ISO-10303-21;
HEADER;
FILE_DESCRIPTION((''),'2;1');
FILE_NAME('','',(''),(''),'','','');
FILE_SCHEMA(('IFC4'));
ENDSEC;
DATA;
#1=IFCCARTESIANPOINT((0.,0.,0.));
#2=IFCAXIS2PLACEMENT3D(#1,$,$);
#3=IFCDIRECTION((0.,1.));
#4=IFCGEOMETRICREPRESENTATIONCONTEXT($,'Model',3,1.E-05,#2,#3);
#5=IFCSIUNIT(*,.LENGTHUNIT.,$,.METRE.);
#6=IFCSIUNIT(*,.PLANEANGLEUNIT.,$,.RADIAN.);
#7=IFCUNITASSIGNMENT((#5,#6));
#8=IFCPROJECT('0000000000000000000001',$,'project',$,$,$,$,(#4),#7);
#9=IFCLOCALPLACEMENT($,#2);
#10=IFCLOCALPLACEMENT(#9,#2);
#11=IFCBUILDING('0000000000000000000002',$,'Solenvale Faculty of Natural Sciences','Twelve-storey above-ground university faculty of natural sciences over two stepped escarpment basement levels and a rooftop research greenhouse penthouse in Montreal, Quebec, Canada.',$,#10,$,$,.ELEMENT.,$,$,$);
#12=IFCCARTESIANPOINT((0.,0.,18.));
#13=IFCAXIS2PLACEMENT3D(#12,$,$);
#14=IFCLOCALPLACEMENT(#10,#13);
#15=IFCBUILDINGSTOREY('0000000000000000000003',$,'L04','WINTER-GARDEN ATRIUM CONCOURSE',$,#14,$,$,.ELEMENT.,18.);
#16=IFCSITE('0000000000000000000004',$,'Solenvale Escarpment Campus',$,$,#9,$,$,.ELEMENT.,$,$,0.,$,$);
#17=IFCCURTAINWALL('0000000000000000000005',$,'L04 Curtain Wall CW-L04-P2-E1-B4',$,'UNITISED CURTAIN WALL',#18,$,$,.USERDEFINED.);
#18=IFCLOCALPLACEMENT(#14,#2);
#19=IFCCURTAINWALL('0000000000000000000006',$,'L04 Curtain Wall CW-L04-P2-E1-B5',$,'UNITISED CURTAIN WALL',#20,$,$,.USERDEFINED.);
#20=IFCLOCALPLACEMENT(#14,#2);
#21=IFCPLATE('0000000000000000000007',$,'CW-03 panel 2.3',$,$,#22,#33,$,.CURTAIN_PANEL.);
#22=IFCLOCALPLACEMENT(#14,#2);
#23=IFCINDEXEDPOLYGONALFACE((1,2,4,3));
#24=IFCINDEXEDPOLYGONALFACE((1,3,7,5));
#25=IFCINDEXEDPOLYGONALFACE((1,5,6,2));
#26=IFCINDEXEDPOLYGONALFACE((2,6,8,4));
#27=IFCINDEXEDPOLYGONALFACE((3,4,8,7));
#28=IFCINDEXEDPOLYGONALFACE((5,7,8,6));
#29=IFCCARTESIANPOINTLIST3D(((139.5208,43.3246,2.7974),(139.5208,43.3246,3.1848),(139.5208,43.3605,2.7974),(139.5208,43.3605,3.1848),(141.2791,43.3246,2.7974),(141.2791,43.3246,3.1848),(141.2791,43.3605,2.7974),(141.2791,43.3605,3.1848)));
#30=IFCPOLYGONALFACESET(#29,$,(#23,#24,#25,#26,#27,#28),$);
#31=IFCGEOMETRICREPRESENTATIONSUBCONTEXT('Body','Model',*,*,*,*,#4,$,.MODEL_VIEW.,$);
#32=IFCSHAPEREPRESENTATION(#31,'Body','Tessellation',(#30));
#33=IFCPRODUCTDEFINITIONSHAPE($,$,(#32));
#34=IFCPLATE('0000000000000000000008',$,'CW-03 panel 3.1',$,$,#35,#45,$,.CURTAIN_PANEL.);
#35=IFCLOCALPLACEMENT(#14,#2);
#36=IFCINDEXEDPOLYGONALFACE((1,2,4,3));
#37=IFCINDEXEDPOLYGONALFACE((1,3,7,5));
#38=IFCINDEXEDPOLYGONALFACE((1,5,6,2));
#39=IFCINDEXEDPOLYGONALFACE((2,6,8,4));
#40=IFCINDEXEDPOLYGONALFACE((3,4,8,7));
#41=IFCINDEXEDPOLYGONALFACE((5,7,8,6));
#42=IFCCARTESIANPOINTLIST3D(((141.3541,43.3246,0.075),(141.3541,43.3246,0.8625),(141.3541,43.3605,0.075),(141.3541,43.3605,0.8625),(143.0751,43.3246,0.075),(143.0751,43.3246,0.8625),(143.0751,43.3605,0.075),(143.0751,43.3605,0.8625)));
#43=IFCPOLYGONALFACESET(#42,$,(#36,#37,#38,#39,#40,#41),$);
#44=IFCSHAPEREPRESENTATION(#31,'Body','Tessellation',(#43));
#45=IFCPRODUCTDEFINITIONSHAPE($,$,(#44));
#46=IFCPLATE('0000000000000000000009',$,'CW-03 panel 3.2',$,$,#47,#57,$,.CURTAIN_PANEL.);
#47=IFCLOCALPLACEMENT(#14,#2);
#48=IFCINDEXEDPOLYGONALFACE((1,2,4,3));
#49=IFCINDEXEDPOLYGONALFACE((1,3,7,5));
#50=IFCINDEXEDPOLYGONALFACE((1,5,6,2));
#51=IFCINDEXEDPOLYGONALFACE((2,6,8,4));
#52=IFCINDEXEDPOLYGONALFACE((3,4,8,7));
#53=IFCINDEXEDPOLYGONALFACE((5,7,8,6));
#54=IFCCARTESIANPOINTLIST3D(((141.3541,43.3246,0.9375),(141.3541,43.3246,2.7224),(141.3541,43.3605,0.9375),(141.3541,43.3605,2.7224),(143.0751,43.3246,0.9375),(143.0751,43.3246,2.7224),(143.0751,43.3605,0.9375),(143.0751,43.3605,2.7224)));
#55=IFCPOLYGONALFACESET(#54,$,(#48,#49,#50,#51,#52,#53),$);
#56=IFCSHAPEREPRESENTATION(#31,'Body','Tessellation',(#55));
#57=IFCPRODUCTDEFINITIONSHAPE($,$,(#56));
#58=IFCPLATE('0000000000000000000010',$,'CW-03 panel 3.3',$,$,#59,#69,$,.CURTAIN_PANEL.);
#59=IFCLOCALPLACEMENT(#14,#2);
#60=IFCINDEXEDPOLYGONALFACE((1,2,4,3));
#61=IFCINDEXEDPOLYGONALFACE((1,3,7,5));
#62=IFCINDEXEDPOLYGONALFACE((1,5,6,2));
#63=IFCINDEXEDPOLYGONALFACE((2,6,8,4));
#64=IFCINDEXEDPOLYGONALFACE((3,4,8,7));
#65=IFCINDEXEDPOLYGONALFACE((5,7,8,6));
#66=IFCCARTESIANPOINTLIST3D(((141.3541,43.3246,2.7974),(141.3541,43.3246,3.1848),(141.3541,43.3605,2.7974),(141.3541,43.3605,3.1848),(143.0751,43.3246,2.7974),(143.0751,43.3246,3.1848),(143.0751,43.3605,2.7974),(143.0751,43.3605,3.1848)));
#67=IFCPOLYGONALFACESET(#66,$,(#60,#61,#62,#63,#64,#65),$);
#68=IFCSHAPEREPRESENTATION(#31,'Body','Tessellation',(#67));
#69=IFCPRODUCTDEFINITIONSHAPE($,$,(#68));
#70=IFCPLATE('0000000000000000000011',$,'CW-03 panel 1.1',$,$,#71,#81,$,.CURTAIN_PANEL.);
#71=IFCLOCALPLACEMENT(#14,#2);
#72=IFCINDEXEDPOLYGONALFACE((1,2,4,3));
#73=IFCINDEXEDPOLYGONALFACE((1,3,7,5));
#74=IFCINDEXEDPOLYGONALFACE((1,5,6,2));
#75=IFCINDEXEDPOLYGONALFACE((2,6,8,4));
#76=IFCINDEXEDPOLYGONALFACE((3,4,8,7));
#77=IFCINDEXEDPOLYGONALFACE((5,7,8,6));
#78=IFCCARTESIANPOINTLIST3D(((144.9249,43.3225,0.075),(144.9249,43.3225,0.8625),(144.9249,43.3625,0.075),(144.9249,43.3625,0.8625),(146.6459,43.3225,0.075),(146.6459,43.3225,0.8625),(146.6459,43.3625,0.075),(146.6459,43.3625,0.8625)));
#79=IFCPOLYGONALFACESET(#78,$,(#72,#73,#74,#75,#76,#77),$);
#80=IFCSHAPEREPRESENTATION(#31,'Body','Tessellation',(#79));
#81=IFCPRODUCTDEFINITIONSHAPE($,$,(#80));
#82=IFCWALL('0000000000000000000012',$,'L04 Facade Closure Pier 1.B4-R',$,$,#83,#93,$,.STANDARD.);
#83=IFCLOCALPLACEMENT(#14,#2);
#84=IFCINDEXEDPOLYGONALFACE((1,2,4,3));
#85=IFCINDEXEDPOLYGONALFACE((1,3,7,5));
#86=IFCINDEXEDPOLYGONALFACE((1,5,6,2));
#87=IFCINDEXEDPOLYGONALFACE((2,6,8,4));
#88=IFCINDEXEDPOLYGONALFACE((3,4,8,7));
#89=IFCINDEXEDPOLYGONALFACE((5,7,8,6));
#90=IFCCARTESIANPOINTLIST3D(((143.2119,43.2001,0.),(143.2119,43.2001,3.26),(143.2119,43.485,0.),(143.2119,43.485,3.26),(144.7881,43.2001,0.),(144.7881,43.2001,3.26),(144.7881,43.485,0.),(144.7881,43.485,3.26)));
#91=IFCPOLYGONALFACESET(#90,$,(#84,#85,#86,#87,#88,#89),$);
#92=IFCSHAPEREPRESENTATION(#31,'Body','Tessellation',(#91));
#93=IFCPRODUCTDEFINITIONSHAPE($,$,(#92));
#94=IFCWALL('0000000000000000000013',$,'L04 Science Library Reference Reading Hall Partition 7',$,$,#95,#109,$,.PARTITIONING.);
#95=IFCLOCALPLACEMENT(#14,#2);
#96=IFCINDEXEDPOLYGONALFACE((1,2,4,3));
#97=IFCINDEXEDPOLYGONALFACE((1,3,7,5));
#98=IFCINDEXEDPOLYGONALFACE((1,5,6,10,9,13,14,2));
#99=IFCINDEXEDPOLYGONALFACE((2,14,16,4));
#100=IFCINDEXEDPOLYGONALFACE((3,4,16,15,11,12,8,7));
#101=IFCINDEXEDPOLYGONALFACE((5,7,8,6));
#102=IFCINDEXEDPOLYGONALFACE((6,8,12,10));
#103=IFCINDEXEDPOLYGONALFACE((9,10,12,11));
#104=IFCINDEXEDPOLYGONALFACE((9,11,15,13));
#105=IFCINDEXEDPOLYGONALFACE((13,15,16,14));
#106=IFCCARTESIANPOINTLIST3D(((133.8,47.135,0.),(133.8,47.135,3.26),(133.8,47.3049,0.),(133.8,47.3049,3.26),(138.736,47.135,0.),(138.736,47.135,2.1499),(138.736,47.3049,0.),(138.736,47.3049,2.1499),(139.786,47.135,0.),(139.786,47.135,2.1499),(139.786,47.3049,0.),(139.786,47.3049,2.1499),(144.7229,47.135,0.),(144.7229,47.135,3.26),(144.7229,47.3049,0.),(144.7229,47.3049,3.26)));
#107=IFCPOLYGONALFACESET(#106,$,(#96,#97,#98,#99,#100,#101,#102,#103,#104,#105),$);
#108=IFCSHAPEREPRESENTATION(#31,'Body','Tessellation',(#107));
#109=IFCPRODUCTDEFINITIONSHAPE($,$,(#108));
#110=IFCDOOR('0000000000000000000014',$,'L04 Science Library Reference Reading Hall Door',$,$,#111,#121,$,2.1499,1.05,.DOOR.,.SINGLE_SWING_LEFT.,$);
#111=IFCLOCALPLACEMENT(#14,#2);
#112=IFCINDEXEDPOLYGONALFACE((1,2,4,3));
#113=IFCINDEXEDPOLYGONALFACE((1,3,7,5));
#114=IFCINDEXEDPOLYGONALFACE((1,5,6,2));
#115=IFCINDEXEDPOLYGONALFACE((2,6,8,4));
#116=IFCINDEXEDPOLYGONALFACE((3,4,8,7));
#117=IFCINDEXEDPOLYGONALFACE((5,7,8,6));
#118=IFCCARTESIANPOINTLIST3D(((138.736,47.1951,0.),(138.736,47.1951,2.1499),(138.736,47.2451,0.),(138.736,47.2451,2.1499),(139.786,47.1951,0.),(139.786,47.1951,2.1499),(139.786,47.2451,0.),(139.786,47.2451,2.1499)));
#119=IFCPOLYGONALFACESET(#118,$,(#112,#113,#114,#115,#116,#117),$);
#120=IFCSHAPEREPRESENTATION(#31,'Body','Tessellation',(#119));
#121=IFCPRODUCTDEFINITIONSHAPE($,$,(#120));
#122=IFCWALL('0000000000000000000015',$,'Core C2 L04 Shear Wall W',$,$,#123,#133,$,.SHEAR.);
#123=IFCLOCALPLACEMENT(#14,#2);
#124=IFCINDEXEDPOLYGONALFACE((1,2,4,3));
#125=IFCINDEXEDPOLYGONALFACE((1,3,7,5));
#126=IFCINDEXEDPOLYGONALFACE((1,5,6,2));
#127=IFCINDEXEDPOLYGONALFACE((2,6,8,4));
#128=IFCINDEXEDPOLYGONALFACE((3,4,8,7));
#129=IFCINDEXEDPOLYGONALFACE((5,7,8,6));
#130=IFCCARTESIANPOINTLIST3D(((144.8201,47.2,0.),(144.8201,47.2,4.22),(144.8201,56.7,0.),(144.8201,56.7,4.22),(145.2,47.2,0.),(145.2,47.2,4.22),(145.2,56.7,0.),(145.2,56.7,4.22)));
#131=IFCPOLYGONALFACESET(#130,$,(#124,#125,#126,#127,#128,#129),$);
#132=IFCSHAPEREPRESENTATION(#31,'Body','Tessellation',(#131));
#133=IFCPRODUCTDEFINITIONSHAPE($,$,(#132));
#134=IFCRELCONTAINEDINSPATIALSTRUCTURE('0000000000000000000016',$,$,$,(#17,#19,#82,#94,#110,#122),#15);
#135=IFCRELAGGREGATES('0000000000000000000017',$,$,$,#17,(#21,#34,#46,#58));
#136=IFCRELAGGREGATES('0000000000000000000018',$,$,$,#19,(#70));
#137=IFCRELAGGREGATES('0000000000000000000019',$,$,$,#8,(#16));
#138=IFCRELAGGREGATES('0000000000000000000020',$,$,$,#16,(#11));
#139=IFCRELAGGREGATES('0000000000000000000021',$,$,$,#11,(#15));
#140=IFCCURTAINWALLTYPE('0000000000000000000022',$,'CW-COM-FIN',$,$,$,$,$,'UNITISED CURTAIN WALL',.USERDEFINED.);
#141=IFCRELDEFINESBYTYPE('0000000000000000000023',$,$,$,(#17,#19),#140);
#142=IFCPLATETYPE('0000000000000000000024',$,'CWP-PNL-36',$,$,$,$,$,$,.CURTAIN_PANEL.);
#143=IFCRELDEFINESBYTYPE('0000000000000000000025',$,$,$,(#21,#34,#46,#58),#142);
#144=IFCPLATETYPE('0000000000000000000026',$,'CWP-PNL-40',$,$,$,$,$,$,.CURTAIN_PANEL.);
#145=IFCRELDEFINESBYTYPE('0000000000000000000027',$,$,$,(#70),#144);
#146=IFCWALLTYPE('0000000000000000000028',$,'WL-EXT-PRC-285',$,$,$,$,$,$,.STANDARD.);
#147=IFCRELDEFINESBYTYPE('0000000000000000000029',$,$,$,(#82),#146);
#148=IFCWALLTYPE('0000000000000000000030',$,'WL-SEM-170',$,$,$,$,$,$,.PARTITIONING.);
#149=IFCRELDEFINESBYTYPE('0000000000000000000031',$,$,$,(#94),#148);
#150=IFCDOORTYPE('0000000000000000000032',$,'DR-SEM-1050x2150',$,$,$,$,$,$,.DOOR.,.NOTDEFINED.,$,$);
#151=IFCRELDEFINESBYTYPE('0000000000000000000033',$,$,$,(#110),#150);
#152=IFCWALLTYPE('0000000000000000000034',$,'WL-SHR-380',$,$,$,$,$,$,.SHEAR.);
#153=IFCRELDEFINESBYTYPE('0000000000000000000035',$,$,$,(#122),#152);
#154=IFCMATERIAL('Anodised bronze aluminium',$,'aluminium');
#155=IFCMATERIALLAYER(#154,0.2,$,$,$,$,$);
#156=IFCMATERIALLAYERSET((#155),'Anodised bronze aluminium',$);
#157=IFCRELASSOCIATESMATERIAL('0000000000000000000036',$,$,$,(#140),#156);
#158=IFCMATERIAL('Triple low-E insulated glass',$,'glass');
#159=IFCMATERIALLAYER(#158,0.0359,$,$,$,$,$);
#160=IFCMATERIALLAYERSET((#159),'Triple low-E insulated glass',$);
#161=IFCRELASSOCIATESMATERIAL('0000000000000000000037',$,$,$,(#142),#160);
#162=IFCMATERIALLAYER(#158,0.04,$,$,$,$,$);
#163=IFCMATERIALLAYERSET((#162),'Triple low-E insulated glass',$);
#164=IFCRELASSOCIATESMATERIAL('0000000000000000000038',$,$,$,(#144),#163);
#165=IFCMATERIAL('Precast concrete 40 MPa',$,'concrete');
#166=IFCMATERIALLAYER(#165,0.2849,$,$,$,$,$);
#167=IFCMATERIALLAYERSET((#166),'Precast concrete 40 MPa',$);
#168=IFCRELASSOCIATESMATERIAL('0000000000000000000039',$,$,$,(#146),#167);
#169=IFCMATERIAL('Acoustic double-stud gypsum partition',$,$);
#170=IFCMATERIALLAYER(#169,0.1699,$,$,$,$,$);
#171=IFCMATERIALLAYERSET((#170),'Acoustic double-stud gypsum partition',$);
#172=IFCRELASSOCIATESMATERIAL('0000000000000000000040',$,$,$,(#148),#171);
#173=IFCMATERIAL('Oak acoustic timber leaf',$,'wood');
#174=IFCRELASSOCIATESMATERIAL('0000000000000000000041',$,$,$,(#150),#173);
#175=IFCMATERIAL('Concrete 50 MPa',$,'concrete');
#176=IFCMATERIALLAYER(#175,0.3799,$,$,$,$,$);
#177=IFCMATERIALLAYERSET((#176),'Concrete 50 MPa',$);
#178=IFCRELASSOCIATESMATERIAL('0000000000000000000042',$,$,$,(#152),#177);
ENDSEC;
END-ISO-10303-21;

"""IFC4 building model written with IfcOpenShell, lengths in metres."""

from ifc_helpers import new_model, si_unit, direction, frame, frame_2d, origin, origin_2d, place, context, subcontext, project, spatial, rectangle, extrude, material, layer, layer_set, type_object, element, fill, aggregate, save


model = new_model("IFC4")

# Units and contexts
model_context = context("Model", 3, precision=1e-05, world=origin(), true_north=direction((0.0, 1.0)))
body_context = subcontext(model_context, "Body", "Model", "MODEL_VIEW")
ifc_project = project(units=[si_unit("LENGTHUNIT", "METRE"), si_unit("PLANEANGLEUNIT", "RADIAN")], contexts=[model_context])

# Site, building, storey
site_placement = place(None, origin())
site = spatial("IfcSite", under=ifc_project, at=site_placement, Name="Solenvale Escarpment Campus", CompositionType="ELEMENT", RefElevation=0.0)
building_placement = place(site_placement, origin())
building = spatial("IfcBuilding", under=site, at=building_placement, Name="Solenvale Faculty of Natural Sciences", Description="Twelve-storey above-ground university faculty of natural sciences over two stepped escarpment basement levels and a rooftop research greenhouse penthouse in Montreal, Quebec, Canada.", CompositionType="ELEMENT")
storey_placement = place(building_placement, frame((0.0, 0.0, 18.0)))
storey = spatial("IfcBuildingStorey", under=building, at=storey_placement, Name="L04", Description="WINTER-GARDEN ATRIUM CONCOURSE", CompositionType="ELEMENT", Elevation=18.0)

# Shared definitions
ifc_material_1 = material(Name="Concrete 50 MPa", Category="concrete")

# Curtain wall
ifc_material_2 = material(Name="Anodised bronze aluminium", Category="aluminium")
ifc_layer_1 = layer(ifc_material_2, 0.2)
ifc_layer_set_1 = layer_set([ifc_layer_1], Name="Anodised bronze aluminium")
curtain_wall_type = type_object("IfcCurtainWallType", Name="CW-COM-FIN", ElementType="UNITISED CURTAIN WALL", PredefinedType="USERDEFINED", material=ifc_layer_set_1)
curtain_wall_1_placement = place(storey_placement, origin())
curtain_wall_1 = element("IfcCurtainWall", 1, at=curtain_wall_1_placement, inside=storey, type_object=curtain_wall_type, Name="L04 Curtain Wall CW-L04-P2-E1-B4", ObjectType="UNITISED CURTAIN WALL", PredefinedType="USERDEFINED")

# Curtain wall
curtain_wall_2_placement = place(storey_placement, origin())
curtain_wall_2 = element("IfcCurtainWall", 2, at=curtain_wall_2_placement, inside=storey, type_object=curtain_wall_type, Name="L04 Curtain Wall CW-L04-P2-E1-B5", ObjectType="UNITISED CURTAIN WALL", PredefinedType="USERDEFINED")

# Plates
ifc_material_3 = material(Name="Triple low-E insulated glass", Category="glass")
ifc_layer_2 = layer(ifc_material_3, 0.0359)
ifc_layer_set_2 = layer_set([ifc_layer_2], Name="Triple low-E insulated glass")
plate_type_1 = type_object("IfcPlateType", Name="CWP-PNL-36", PredefinedType="CURTAIN_PANEL", material=ifc_layer_set_2)
plate_1_placement = place(storey_placement, frame((140.3999, 43.3425, 2.7974), z_axis=(0.0, 0.0, 1.0), x_axis=(1.0, 0.0, 0.0)))
plate_1 = element("IfcPlate", 3, at=plate_1_placement, type_object=plate_type_1, Name="CW-03 panel 2.3", PredefinedType="CURTAIN_PANEL", context=body_context, shape_type="SweptSolid", body=[
    extrude(rectangle(XDim=1.7583, YDim=0.0359, at=origin_2d()), origin(), (0.0, 0.0, 1.0), 0.3875),
])
plate_2_placement = place(storey_placement, frame((142.2146, 43.3425, 0.075), z_axis=(0.0, 0.0, 1.0), x_axis=(1.0, 0.0, 0.0)))
plate_2 = element("IfcPlate", 4, at=plate_2_placement, type_object=plate_type_1, Name="CW-03 panel 3.1", PredefinedType="CURTAIN_PANEL", context=body_context, shape_type="SweptSolid", body=[
    extrude(rectangle(XDim=1.7209, YDim=0.0359, at=origin_2d()), origin(), (0.0, 0.0, 1.0), 0.7876),
])
plate_3_placement = place(storey_placement, frame((142.2146, 43.3425, 0.9375), z_axis=(0.0, 0.0, 1.0), x_axis=(1.0, 0.0, 0.0)))
plate_3 = element("IfcPlate", 5, at=plate_3_placement, type_object=plate_type_1, Name="CW-03 panel 3.2", PredefinedType="CURTAIN_PANEL", context=body_context, shape_type="SweptSolid", body=[
    extrude(rectangle(XDim=1.7209, YDim=0.0359, at=origin_2d()), origin(), (0.0, 0.0, 1.0), 1.7849),
])
plate_4_placement = place(storey_placement, frame((142.2146, 43.3425, 2.7974), z_axis=(0.0, 0.0, 1.0), x_axis=(1.0, 0.0, 0.0)))
plate_4 = element("IfcPlate", 6, at=plate_4_placement, type_object=plate_type_1, Name="CW-03 panel 3.3", PredefinedType="CURTAIN_PANEL", context=body_context, shape_type="SweptSolid", body=[
    extrude(rectangle(XDim=1.7209, YDim=0.0359, at=origin_2d()), origin(), (0.0, 0.0, 1.0), 0.3875),
])
aggregate(curtain_wall_1, [plate_1, plate_2, plate_3, plate_4])
ifc_layer_3 = layer(ifc_material_3, 0.04)
ifc_layer_set_3 = layer_set([ifc_layer_3], Name="Triple low-E insulated glass")
plate_type_2 = type_object("IfcPlateType", Name="CWP-PNL-40", PredefinedType="CURTAIN_PANEL", material=ifc_layer_set_3)
plate_5_placement = place(storey_placement, frame((145.7854, 43.3425, 0.075), z_axis=(0.0, 0.0, 1.0), x_axis=(1.0, 0.0, 0.0)))
plate_5 = element("IfcPlate", 7, at=plate_5_placement, type_object=plate_type_2, Name="CW-03 panel 1.1", PredefinedType="CURTAIN_PANEL", context=body_context, shape_type="SweptSolid", body=[
    extrude(rectangle(XDim=1.7209, YDim=0.04, at=origin_2d()), origin(), (0.0, 0.0, 1.0), 0.7876),
])
aggregate(curtain_wall_2, [plate_5])

# Wall
ifc_material_4 = material(Name="Precast concrete 40 MPa", Category="concrete")
ifc_layer_4 = layer(ifc_material_4, 0.2849)
ifc_layer_set_4 = layer_set([ifc_layer_4], Name="Precast concrete 40 MPa")
wall_type_1 = type_object("IfcWallType", Name="WL-EXT-PRC-285", PredefinedType="STANDARD", material=ifc_layer_set_4)
wall_1_placement = place(storey_placement, frame((143.2119, 43.3425, 0.0), z_axis=(0.0, 0.0, 1.0), x_axis=(1.0, 0.0, 0.0)))
element("IfcWall", 8, at=wall_1_placement, inside=storey, type_object=wall_type_1, Name="L04 Facade Closure Pier 1.B4-R", PredefinedType="STANDARD", context=body_context, shape_type="SweptSolid", body=[
    extrude(rectangle(XDim=1.5762, YDim=0.2849, at=frame_2d((0.7881, 0.0))), origin(), (0.0, 0.0, 1.0), 3.26),
])

# Wall, opening, door
ifc_material_5 = material(Name="Acoustic double-stud gypsum partition")
ifc_layer_5 = layer(ifc_material_5, 0.1699)
ifc_layer_set_5 = layer_set([ifc_layer_5], Name="Acoustic double-stud gypsum partition")
wall_type_2 = type_object("IfcWallType", Name="WL-SEM-170", PredefinedType="PARTITIONING", material=ifc_layer_set_5)
wall_2_placement = place(storey_placement, frame((144.7229, 47.22, 0.0), z_axis=(0.0, 0.0, 1.0), x_axis=(-1.0, 0.0, 0.0)))
wall_2 = element("IfcWall", 9, at=wall_2_placement, inside=storey, type_object=wall_type_2, Name="L04 Science Library Reference Reading Hall Partition 7", PredefinedType="PARTITIONING", context=body_context, shape_type="SweptSolid", body=[
    extrude(rectangle(XDim=10.9229, YDim=0.1699, at=frame_2d((5.4614, 0.0))), origin(), (0.0, 0.0, 1.0), 3.26),
])
opening_1_placement = place(wall_2_placement, frame((4.937, 0.0, 0.0)))
opening_1 = element("IfcOpeningElement", 10, at=opening_1_placement, cuts=wall_2, PredefinedType="OPENING", context=body_context, shape_type="SweptSolid", body=[
    extrude(rectangle(XDim=1.05, YDim=2.1499, at=frame_2d((0.5249, 1.075))), frame((0.0, 0.095, 0.0), z_axis=(0.0, -1.0, 0.0), x_axis=(1.0, 0.0, 0.0)), (0.0, 0.0, 1.0), 0.1899),
])
ifc_material_6 = material(Name="Oak acoustic timber leaf", Category="wood")
door_type_1 = type_object("IfcDoorType", Name="DR-SEM-1050x2150", OperationType="NOTDEFINED", PredefinedType="DOOR", material=ifc_material_6)
door_1_placement = place(opening_1_placement, origin())
door_1 = element("IfcDoor", 11, at=door_1_placement, inside=storey, type_object=door_type_1, Name="L04 Science Library Reference Reading Hall Door", OperationType="SINGLE_SWING_LEFT", OverallHeight=2.1499, OverallWidth=1.05, PredefinedType="DOOR", context=body_context, shape_type="SweptSolid", body=[
    extrude(rectangle(XDim=1.05, YDim=2.1499, at=frame_2d((0.5249, 1.075))), frame((0.0, 0.0249, 0.0), z_axis=(0.0, -1.0, 0.0), x_axis=(1.0, 0.0, 0.0)), (0.0, 0.0, 1.0), 0.05),
])
fill(opening_1, door_1)
ifc_layer_6 = layer(ifc_material_1, 0.3799)
ifc_layer_set_6 = layer_set([ifc_layer_6], Name="Concrete 50 MPa")
wall_type_3 = type_object("IfcWallType", Name="WL-SHR-380", PredefinedType="SHEAR", material=ifc_layer_set_6)

# Wall
wall_3_placement = place(storey_placement, frame((145.01, 47.2, 0.0), z_axis=(0.0, 0.0, 1.0), x_axis=(0.0, 1.0, 0.0)))
element("IfcWall", 12, at=wall_3_placement, inside=storey, type_object=wall_type_3, Name="Core C2 L04 Shear Wall W", PredefinedType="SHEAR", context=body_context, shape_type="SweptSolid", body=[
    extrude(rectangle(XDim=9.5, YDim=0.3799, at=frame_2d((4.75, 0.0))), origin(), (0.0, 0.0, 1.0), 4.22),
])

save(model, "model.ifc")
